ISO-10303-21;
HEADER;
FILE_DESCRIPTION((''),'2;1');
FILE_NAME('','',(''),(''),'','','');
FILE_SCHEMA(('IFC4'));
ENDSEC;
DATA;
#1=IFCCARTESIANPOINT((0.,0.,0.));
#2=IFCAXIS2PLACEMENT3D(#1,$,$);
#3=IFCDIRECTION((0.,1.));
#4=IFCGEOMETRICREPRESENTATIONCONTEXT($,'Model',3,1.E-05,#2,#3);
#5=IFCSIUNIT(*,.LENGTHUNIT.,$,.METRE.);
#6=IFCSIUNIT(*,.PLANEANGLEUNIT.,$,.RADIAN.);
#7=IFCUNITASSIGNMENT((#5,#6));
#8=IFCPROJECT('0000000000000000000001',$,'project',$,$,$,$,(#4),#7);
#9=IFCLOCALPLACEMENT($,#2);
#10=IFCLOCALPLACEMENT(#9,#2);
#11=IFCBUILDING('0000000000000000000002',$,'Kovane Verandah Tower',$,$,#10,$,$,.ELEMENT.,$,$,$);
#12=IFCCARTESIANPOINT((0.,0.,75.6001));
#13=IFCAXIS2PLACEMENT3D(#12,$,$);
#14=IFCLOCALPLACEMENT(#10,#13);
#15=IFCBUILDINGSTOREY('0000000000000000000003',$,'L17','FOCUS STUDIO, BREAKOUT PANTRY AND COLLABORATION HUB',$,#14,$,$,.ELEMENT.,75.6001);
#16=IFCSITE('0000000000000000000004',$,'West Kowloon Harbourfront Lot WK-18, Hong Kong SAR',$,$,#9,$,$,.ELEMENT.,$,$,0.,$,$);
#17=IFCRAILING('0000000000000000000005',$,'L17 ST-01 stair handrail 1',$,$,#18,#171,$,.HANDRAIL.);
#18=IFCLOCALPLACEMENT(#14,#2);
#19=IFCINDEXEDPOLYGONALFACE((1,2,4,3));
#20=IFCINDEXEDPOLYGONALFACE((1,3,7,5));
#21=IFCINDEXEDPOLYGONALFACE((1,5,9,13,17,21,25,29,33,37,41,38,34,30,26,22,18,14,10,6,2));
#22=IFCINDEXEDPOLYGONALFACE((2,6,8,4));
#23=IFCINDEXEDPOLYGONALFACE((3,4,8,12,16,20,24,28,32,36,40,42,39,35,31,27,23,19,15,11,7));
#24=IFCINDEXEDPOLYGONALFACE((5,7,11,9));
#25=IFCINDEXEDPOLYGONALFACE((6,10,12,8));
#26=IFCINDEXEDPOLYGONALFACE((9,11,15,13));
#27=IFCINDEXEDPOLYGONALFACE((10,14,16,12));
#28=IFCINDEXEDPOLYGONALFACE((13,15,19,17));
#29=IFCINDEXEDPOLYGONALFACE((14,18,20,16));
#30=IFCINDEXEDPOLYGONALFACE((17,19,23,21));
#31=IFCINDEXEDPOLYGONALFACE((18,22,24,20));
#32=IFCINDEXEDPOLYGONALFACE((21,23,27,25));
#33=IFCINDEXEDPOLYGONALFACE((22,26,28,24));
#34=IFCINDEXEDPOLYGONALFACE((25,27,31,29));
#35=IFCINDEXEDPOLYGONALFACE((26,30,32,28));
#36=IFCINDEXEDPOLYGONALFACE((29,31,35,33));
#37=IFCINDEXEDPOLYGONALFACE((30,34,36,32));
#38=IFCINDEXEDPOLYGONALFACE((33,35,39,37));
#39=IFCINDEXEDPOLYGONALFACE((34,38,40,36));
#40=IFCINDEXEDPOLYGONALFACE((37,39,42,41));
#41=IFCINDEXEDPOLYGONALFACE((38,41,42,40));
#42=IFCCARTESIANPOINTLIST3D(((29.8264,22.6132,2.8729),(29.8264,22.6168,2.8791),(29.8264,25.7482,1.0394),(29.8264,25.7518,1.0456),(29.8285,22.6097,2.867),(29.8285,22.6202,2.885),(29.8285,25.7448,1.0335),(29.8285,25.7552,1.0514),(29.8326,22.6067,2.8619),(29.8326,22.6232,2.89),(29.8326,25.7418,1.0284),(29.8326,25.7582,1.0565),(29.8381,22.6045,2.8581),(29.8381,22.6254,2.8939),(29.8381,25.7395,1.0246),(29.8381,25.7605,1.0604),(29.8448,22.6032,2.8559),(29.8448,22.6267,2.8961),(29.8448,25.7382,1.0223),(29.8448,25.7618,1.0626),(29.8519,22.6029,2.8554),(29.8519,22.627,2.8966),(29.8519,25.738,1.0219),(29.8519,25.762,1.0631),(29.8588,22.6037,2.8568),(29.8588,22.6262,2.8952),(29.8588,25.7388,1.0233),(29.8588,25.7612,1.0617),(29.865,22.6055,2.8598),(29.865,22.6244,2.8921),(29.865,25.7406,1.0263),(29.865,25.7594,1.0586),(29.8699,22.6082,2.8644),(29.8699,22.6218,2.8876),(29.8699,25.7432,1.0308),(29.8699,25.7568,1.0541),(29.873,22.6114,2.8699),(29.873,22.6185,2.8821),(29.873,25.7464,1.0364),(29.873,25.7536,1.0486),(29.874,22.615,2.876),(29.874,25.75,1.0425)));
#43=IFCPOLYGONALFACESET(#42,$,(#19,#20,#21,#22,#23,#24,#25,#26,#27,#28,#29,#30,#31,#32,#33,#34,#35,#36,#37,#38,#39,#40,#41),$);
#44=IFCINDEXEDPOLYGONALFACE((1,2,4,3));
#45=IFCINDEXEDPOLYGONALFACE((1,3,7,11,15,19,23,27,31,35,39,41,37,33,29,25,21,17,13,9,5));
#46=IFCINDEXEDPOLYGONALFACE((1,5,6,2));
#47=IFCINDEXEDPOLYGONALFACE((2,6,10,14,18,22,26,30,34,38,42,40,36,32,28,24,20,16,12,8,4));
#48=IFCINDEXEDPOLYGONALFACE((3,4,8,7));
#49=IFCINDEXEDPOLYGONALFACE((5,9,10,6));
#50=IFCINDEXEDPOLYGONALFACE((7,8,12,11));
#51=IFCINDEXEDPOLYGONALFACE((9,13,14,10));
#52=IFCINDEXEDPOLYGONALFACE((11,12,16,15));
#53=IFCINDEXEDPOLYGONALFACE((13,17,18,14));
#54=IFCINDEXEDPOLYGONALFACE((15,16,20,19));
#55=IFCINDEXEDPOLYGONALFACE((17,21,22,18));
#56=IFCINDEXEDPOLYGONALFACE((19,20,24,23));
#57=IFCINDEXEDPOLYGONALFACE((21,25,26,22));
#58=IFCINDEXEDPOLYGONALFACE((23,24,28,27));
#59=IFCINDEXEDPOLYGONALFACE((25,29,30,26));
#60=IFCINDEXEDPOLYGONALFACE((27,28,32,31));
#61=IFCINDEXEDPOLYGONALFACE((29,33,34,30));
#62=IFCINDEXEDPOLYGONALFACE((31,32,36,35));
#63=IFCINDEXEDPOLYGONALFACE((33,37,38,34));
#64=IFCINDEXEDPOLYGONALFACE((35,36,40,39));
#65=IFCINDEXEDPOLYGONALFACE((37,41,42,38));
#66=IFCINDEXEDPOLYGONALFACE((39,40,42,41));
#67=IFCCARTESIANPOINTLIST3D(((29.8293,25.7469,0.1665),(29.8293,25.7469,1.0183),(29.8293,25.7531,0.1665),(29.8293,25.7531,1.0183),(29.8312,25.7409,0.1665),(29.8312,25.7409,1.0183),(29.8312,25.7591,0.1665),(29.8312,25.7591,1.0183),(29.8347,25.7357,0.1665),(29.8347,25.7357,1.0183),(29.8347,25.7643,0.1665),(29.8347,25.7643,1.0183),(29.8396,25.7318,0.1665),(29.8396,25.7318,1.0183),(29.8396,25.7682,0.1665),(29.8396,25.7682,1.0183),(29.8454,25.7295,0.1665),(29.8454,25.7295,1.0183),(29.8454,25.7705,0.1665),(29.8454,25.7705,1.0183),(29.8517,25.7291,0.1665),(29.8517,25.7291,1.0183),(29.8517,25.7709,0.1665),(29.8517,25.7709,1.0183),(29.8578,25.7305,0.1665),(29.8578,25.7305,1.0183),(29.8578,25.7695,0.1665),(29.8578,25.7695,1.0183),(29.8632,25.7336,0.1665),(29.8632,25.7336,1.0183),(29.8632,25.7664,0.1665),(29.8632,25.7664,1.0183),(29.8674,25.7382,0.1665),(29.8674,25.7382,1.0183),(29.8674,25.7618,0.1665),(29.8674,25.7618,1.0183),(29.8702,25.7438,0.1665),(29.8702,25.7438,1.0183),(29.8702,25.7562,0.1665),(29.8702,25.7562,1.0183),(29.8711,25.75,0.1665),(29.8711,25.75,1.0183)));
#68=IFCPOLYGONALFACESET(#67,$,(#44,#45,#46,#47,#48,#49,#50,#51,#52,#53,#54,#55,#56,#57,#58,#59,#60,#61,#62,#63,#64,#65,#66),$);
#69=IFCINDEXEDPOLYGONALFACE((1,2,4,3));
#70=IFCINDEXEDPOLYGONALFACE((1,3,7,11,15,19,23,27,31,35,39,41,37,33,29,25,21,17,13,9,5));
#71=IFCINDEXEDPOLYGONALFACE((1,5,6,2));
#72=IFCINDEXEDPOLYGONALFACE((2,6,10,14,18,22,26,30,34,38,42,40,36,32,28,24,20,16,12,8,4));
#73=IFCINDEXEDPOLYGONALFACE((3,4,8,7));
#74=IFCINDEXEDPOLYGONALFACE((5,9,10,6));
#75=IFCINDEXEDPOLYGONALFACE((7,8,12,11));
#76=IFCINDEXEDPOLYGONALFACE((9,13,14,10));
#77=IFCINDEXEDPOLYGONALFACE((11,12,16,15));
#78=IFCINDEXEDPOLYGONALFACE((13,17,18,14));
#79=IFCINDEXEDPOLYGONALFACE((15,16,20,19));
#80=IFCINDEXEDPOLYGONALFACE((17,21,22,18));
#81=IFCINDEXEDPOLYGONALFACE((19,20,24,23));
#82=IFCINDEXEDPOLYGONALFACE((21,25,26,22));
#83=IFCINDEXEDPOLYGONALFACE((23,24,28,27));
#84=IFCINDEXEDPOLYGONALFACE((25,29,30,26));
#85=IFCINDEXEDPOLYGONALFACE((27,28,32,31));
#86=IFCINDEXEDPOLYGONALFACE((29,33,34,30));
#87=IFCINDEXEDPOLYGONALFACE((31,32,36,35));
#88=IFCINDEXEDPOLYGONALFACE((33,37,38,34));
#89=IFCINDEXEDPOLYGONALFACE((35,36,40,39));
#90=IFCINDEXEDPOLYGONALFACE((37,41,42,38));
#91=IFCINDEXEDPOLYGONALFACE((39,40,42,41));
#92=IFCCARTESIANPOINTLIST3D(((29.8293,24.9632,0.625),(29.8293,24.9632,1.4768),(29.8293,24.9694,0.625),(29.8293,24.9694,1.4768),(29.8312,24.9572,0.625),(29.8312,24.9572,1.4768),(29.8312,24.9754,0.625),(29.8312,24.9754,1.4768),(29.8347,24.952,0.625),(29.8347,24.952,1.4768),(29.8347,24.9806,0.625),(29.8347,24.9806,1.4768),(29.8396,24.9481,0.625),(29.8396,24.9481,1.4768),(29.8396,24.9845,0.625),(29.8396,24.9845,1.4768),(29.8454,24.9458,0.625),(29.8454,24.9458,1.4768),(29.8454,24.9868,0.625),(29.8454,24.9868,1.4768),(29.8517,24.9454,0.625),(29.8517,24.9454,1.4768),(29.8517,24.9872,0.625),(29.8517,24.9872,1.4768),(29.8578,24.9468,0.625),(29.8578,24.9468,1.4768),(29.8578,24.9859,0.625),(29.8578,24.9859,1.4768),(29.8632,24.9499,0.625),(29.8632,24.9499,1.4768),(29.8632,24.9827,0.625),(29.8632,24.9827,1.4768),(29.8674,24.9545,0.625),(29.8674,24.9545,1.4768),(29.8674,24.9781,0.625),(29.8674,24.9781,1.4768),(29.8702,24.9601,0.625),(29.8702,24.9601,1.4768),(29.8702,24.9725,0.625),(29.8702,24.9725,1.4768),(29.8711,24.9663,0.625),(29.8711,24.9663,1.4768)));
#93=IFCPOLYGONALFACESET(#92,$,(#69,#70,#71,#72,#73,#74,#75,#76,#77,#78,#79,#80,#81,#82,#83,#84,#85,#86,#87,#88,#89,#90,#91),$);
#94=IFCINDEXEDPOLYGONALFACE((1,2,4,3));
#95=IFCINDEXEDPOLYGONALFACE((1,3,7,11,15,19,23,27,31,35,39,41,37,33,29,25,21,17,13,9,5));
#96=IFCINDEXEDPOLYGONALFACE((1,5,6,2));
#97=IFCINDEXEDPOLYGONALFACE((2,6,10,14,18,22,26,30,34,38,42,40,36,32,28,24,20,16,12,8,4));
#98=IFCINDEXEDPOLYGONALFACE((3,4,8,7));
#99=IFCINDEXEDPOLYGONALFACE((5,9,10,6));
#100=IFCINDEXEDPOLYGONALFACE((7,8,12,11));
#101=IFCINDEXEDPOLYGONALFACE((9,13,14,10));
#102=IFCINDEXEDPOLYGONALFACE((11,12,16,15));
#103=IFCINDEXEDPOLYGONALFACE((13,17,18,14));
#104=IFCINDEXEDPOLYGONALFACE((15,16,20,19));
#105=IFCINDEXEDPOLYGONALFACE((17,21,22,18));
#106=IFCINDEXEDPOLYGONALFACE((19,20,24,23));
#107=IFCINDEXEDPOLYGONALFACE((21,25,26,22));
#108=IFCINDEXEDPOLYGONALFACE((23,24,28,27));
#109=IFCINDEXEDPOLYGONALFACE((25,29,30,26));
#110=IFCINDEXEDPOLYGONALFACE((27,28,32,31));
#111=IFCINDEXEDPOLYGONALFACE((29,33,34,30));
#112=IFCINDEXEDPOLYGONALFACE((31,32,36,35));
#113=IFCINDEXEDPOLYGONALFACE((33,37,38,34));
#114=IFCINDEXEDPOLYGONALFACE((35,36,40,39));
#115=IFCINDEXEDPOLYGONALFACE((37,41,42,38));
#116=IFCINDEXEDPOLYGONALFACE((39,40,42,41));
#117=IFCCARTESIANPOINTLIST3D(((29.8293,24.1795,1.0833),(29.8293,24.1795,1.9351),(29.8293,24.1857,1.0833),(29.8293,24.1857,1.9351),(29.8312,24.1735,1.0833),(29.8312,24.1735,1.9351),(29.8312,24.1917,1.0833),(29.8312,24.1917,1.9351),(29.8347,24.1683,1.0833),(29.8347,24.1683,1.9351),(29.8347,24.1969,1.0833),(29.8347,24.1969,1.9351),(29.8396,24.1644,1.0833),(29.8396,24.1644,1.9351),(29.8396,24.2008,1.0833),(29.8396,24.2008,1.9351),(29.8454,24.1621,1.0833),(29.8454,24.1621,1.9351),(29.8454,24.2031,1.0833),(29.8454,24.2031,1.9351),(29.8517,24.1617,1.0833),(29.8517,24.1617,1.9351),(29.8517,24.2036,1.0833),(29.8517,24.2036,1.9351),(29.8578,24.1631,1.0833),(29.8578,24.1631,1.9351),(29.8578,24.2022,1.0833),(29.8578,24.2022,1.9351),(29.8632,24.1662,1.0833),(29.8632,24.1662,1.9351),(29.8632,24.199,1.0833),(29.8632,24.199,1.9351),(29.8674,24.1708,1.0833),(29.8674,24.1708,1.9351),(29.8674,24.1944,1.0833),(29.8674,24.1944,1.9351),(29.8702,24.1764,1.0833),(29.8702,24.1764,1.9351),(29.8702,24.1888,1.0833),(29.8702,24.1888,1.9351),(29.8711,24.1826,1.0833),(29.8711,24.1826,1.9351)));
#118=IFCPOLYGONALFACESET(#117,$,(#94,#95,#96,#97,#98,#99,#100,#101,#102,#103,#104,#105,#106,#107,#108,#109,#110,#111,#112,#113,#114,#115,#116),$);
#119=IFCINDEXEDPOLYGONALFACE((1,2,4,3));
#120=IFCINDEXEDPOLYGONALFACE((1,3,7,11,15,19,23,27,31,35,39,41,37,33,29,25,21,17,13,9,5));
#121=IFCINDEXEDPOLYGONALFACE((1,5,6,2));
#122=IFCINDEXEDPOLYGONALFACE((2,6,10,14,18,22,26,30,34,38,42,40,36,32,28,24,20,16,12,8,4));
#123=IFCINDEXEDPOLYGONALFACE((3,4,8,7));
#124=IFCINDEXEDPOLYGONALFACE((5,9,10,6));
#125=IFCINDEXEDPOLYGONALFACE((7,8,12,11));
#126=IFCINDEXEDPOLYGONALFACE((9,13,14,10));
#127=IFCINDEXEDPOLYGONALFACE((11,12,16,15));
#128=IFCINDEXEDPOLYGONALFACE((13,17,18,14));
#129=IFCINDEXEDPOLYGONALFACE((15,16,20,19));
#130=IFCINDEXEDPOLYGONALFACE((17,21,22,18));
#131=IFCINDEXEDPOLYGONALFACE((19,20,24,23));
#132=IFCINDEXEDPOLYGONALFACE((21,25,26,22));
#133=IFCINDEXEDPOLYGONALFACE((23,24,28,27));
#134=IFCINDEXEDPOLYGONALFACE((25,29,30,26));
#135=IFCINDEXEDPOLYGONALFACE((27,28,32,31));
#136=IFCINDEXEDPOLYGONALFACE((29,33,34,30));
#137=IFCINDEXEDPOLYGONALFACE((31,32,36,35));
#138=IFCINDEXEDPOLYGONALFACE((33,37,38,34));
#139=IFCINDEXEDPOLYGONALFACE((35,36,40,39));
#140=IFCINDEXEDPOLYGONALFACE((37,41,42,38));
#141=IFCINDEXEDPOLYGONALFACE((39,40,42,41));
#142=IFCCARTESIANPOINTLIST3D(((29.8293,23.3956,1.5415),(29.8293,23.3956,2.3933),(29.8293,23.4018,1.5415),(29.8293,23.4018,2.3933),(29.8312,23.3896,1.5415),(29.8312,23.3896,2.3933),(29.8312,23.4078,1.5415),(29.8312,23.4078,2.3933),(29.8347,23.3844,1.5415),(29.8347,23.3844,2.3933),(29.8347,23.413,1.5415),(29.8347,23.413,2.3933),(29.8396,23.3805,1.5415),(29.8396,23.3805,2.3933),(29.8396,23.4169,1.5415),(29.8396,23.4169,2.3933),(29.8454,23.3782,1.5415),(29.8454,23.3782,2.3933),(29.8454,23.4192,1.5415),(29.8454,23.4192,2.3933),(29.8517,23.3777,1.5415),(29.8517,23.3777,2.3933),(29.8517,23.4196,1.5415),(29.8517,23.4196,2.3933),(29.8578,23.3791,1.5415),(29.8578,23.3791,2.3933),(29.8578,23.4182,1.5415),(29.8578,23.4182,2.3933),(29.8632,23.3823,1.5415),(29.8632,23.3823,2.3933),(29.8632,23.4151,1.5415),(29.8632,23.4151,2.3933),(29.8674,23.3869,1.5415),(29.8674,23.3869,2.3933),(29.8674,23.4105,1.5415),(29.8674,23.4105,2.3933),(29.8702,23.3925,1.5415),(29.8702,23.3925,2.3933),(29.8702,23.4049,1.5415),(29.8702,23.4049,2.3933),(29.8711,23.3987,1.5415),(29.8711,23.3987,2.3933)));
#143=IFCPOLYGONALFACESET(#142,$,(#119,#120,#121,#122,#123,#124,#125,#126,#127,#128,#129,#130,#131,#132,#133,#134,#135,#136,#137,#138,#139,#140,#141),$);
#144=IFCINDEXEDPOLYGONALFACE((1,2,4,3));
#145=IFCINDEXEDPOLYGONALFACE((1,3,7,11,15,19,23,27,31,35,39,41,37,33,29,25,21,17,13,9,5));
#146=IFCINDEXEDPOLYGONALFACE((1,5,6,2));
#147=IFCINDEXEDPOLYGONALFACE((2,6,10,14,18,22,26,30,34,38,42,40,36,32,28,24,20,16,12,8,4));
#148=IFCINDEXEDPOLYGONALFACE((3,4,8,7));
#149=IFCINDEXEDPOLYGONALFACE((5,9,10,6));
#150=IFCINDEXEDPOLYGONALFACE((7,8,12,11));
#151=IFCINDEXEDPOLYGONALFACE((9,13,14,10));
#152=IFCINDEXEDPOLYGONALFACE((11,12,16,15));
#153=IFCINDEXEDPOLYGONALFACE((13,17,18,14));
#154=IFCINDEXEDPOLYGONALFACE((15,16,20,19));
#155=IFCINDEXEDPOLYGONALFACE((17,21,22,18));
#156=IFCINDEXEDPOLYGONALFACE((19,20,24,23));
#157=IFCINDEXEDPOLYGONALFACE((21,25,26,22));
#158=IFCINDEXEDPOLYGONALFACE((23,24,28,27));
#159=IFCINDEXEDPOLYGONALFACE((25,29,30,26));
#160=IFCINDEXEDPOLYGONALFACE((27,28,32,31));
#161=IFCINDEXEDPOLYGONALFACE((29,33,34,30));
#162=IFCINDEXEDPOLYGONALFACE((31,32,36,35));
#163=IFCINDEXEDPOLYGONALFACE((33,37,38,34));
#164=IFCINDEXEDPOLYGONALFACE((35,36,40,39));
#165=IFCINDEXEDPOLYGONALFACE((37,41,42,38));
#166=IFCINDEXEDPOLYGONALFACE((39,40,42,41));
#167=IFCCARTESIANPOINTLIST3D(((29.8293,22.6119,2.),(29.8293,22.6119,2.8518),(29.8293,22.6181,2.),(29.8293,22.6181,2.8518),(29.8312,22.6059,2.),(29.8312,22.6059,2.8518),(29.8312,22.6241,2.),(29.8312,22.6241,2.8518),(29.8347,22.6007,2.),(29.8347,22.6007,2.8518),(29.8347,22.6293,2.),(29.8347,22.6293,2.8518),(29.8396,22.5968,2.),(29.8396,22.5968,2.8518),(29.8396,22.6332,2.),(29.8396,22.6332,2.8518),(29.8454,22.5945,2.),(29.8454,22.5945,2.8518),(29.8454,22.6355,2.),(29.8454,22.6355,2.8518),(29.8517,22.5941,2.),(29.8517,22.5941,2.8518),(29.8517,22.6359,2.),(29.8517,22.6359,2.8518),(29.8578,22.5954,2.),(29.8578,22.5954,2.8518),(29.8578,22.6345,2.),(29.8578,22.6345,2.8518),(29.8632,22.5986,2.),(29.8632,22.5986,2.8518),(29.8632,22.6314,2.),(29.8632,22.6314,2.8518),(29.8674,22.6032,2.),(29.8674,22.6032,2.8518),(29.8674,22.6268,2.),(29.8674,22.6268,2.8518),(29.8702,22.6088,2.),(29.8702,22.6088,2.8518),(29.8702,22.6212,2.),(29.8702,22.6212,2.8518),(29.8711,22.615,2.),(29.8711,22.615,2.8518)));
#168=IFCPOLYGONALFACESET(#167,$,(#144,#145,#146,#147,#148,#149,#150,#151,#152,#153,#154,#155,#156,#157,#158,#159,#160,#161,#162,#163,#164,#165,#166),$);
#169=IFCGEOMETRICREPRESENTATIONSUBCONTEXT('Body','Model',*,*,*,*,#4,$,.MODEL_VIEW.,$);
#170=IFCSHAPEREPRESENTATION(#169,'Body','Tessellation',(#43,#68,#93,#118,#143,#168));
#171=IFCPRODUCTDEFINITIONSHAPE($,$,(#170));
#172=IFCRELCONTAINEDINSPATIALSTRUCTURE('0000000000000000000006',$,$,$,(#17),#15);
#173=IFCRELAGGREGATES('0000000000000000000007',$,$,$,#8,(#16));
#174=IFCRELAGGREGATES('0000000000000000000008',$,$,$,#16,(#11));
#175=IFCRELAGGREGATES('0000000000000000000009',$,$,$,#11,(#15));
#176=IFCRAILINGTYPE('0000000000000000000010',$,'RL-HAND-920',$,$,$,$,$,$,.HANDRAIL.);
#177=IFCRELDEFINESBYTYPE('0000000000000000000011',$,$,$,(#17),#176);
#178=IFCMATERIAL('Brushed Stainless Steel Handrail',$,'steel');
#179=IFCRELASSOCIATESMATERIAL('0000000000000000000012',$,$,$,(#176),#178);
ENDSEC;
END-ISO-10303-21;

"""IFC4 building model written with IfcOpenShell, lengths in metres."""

from ifc_helpers import new_model, si_unit, direction, frame, origin, origin_2d, place, context, subcontext, project, spatial, circle, extrude, material, type_object, element, save


model = new_model("IFC4")

# Units and contexts
model_context = context("Model", 3, precision=1e-05, world=origin(), true_north=direction((0.0, 1.0)))
body_context = subcontext(model_context, "Body", "Model", "MODEL_VIEW")
ifc_project = project(units=[si_unit("LENGTHUNIT", "METRE"), si_unit("PLANEANGLEUNIT", "RADIAN")], contexts=[model_context])

# Site, building, storey
site_placement = place(None, origin())
site = spatial("IfcSite", under=ifc_project, at=site_placement, Name="West Kowloon Harbourfront Lot WK-18, Hong Kong SAR", CompositionType="ELEMENT", RefElevation=0.0)
building_placement = place(site_placement, origin())
building = spatial("IfcBuilding", under=site, at=building_placement, Name="Kovane Verandah Tower", CompositionType="ELEMENT")
storey_placement = place(building_placement, frame((0.0, 0.0, 75.6001)))
storey = spatial("IfcBuildingStorey", under=building, at=storey_placement, Name="L17", Description="FOCUS STUDIO, BREAKOUT PANTRY AND COLLABORATION HUB", CompositionType="ELEMENT", Elevation=75.6001)

# Railing
ifc_material_1 = material(Name="Brushed Stainless Steel Handrail", Category="steel")
railing_type_1 = type_object("IfcRailingType", Name="RL-HAND-920", PredefinedType="HANDRAIL", material=ifc_material_1)
railing_1_placement = place(storey_placement, frame((29.8501, 25.75, 0.1665)))
element("IfcRailing", 1, at=railing_1_placement, inside=storey, type_object=railing_type_1, Name="L17 ST-01 stair handrail 1", PredefinedType="HANDRAIL", context=body_context, shape_type="SweptSolid", body=[
    extrude(circle(Radius=0.0239, at=origin_2d()), frame((0.0, 0.0, 0.876), z_axis=(0.0, -0.86321, 0.504845), x_axis=(1.0, 0.0, 0.0)), (0.0, 0.0, 1.0), 3.6318),
    extrude(circle(Radius=0.021, at=origin_2d()), origin(), (0.0, 0.0, 1.0), 0.8518),
    extrude(circle(Radius=0.021, at=origin_2d()), frame((0.0, -0.7837, 0.4585)), (0.0, 0.0, 1.0), 0.8518),
    extrude(circle(Radius=0.021, at=origin_2d()), frame((0.0, -1.5674, 0.9167)), (0.0, 0.0, 1.0), 0.8518),
    extrude(circle(Radius=0.021, at=origin_2d()), frame((0.0, -2.3513, 1.375)), (0.0, 0.0, 1.0), 0.8518),
    extrude(circle(Radius=0.021, at=origin_2d()), frame((0.0, -3.135, 1.8335)), (0.0, 0.0, 1.0), 0.8518),
])

save(model, "model.ifc")
